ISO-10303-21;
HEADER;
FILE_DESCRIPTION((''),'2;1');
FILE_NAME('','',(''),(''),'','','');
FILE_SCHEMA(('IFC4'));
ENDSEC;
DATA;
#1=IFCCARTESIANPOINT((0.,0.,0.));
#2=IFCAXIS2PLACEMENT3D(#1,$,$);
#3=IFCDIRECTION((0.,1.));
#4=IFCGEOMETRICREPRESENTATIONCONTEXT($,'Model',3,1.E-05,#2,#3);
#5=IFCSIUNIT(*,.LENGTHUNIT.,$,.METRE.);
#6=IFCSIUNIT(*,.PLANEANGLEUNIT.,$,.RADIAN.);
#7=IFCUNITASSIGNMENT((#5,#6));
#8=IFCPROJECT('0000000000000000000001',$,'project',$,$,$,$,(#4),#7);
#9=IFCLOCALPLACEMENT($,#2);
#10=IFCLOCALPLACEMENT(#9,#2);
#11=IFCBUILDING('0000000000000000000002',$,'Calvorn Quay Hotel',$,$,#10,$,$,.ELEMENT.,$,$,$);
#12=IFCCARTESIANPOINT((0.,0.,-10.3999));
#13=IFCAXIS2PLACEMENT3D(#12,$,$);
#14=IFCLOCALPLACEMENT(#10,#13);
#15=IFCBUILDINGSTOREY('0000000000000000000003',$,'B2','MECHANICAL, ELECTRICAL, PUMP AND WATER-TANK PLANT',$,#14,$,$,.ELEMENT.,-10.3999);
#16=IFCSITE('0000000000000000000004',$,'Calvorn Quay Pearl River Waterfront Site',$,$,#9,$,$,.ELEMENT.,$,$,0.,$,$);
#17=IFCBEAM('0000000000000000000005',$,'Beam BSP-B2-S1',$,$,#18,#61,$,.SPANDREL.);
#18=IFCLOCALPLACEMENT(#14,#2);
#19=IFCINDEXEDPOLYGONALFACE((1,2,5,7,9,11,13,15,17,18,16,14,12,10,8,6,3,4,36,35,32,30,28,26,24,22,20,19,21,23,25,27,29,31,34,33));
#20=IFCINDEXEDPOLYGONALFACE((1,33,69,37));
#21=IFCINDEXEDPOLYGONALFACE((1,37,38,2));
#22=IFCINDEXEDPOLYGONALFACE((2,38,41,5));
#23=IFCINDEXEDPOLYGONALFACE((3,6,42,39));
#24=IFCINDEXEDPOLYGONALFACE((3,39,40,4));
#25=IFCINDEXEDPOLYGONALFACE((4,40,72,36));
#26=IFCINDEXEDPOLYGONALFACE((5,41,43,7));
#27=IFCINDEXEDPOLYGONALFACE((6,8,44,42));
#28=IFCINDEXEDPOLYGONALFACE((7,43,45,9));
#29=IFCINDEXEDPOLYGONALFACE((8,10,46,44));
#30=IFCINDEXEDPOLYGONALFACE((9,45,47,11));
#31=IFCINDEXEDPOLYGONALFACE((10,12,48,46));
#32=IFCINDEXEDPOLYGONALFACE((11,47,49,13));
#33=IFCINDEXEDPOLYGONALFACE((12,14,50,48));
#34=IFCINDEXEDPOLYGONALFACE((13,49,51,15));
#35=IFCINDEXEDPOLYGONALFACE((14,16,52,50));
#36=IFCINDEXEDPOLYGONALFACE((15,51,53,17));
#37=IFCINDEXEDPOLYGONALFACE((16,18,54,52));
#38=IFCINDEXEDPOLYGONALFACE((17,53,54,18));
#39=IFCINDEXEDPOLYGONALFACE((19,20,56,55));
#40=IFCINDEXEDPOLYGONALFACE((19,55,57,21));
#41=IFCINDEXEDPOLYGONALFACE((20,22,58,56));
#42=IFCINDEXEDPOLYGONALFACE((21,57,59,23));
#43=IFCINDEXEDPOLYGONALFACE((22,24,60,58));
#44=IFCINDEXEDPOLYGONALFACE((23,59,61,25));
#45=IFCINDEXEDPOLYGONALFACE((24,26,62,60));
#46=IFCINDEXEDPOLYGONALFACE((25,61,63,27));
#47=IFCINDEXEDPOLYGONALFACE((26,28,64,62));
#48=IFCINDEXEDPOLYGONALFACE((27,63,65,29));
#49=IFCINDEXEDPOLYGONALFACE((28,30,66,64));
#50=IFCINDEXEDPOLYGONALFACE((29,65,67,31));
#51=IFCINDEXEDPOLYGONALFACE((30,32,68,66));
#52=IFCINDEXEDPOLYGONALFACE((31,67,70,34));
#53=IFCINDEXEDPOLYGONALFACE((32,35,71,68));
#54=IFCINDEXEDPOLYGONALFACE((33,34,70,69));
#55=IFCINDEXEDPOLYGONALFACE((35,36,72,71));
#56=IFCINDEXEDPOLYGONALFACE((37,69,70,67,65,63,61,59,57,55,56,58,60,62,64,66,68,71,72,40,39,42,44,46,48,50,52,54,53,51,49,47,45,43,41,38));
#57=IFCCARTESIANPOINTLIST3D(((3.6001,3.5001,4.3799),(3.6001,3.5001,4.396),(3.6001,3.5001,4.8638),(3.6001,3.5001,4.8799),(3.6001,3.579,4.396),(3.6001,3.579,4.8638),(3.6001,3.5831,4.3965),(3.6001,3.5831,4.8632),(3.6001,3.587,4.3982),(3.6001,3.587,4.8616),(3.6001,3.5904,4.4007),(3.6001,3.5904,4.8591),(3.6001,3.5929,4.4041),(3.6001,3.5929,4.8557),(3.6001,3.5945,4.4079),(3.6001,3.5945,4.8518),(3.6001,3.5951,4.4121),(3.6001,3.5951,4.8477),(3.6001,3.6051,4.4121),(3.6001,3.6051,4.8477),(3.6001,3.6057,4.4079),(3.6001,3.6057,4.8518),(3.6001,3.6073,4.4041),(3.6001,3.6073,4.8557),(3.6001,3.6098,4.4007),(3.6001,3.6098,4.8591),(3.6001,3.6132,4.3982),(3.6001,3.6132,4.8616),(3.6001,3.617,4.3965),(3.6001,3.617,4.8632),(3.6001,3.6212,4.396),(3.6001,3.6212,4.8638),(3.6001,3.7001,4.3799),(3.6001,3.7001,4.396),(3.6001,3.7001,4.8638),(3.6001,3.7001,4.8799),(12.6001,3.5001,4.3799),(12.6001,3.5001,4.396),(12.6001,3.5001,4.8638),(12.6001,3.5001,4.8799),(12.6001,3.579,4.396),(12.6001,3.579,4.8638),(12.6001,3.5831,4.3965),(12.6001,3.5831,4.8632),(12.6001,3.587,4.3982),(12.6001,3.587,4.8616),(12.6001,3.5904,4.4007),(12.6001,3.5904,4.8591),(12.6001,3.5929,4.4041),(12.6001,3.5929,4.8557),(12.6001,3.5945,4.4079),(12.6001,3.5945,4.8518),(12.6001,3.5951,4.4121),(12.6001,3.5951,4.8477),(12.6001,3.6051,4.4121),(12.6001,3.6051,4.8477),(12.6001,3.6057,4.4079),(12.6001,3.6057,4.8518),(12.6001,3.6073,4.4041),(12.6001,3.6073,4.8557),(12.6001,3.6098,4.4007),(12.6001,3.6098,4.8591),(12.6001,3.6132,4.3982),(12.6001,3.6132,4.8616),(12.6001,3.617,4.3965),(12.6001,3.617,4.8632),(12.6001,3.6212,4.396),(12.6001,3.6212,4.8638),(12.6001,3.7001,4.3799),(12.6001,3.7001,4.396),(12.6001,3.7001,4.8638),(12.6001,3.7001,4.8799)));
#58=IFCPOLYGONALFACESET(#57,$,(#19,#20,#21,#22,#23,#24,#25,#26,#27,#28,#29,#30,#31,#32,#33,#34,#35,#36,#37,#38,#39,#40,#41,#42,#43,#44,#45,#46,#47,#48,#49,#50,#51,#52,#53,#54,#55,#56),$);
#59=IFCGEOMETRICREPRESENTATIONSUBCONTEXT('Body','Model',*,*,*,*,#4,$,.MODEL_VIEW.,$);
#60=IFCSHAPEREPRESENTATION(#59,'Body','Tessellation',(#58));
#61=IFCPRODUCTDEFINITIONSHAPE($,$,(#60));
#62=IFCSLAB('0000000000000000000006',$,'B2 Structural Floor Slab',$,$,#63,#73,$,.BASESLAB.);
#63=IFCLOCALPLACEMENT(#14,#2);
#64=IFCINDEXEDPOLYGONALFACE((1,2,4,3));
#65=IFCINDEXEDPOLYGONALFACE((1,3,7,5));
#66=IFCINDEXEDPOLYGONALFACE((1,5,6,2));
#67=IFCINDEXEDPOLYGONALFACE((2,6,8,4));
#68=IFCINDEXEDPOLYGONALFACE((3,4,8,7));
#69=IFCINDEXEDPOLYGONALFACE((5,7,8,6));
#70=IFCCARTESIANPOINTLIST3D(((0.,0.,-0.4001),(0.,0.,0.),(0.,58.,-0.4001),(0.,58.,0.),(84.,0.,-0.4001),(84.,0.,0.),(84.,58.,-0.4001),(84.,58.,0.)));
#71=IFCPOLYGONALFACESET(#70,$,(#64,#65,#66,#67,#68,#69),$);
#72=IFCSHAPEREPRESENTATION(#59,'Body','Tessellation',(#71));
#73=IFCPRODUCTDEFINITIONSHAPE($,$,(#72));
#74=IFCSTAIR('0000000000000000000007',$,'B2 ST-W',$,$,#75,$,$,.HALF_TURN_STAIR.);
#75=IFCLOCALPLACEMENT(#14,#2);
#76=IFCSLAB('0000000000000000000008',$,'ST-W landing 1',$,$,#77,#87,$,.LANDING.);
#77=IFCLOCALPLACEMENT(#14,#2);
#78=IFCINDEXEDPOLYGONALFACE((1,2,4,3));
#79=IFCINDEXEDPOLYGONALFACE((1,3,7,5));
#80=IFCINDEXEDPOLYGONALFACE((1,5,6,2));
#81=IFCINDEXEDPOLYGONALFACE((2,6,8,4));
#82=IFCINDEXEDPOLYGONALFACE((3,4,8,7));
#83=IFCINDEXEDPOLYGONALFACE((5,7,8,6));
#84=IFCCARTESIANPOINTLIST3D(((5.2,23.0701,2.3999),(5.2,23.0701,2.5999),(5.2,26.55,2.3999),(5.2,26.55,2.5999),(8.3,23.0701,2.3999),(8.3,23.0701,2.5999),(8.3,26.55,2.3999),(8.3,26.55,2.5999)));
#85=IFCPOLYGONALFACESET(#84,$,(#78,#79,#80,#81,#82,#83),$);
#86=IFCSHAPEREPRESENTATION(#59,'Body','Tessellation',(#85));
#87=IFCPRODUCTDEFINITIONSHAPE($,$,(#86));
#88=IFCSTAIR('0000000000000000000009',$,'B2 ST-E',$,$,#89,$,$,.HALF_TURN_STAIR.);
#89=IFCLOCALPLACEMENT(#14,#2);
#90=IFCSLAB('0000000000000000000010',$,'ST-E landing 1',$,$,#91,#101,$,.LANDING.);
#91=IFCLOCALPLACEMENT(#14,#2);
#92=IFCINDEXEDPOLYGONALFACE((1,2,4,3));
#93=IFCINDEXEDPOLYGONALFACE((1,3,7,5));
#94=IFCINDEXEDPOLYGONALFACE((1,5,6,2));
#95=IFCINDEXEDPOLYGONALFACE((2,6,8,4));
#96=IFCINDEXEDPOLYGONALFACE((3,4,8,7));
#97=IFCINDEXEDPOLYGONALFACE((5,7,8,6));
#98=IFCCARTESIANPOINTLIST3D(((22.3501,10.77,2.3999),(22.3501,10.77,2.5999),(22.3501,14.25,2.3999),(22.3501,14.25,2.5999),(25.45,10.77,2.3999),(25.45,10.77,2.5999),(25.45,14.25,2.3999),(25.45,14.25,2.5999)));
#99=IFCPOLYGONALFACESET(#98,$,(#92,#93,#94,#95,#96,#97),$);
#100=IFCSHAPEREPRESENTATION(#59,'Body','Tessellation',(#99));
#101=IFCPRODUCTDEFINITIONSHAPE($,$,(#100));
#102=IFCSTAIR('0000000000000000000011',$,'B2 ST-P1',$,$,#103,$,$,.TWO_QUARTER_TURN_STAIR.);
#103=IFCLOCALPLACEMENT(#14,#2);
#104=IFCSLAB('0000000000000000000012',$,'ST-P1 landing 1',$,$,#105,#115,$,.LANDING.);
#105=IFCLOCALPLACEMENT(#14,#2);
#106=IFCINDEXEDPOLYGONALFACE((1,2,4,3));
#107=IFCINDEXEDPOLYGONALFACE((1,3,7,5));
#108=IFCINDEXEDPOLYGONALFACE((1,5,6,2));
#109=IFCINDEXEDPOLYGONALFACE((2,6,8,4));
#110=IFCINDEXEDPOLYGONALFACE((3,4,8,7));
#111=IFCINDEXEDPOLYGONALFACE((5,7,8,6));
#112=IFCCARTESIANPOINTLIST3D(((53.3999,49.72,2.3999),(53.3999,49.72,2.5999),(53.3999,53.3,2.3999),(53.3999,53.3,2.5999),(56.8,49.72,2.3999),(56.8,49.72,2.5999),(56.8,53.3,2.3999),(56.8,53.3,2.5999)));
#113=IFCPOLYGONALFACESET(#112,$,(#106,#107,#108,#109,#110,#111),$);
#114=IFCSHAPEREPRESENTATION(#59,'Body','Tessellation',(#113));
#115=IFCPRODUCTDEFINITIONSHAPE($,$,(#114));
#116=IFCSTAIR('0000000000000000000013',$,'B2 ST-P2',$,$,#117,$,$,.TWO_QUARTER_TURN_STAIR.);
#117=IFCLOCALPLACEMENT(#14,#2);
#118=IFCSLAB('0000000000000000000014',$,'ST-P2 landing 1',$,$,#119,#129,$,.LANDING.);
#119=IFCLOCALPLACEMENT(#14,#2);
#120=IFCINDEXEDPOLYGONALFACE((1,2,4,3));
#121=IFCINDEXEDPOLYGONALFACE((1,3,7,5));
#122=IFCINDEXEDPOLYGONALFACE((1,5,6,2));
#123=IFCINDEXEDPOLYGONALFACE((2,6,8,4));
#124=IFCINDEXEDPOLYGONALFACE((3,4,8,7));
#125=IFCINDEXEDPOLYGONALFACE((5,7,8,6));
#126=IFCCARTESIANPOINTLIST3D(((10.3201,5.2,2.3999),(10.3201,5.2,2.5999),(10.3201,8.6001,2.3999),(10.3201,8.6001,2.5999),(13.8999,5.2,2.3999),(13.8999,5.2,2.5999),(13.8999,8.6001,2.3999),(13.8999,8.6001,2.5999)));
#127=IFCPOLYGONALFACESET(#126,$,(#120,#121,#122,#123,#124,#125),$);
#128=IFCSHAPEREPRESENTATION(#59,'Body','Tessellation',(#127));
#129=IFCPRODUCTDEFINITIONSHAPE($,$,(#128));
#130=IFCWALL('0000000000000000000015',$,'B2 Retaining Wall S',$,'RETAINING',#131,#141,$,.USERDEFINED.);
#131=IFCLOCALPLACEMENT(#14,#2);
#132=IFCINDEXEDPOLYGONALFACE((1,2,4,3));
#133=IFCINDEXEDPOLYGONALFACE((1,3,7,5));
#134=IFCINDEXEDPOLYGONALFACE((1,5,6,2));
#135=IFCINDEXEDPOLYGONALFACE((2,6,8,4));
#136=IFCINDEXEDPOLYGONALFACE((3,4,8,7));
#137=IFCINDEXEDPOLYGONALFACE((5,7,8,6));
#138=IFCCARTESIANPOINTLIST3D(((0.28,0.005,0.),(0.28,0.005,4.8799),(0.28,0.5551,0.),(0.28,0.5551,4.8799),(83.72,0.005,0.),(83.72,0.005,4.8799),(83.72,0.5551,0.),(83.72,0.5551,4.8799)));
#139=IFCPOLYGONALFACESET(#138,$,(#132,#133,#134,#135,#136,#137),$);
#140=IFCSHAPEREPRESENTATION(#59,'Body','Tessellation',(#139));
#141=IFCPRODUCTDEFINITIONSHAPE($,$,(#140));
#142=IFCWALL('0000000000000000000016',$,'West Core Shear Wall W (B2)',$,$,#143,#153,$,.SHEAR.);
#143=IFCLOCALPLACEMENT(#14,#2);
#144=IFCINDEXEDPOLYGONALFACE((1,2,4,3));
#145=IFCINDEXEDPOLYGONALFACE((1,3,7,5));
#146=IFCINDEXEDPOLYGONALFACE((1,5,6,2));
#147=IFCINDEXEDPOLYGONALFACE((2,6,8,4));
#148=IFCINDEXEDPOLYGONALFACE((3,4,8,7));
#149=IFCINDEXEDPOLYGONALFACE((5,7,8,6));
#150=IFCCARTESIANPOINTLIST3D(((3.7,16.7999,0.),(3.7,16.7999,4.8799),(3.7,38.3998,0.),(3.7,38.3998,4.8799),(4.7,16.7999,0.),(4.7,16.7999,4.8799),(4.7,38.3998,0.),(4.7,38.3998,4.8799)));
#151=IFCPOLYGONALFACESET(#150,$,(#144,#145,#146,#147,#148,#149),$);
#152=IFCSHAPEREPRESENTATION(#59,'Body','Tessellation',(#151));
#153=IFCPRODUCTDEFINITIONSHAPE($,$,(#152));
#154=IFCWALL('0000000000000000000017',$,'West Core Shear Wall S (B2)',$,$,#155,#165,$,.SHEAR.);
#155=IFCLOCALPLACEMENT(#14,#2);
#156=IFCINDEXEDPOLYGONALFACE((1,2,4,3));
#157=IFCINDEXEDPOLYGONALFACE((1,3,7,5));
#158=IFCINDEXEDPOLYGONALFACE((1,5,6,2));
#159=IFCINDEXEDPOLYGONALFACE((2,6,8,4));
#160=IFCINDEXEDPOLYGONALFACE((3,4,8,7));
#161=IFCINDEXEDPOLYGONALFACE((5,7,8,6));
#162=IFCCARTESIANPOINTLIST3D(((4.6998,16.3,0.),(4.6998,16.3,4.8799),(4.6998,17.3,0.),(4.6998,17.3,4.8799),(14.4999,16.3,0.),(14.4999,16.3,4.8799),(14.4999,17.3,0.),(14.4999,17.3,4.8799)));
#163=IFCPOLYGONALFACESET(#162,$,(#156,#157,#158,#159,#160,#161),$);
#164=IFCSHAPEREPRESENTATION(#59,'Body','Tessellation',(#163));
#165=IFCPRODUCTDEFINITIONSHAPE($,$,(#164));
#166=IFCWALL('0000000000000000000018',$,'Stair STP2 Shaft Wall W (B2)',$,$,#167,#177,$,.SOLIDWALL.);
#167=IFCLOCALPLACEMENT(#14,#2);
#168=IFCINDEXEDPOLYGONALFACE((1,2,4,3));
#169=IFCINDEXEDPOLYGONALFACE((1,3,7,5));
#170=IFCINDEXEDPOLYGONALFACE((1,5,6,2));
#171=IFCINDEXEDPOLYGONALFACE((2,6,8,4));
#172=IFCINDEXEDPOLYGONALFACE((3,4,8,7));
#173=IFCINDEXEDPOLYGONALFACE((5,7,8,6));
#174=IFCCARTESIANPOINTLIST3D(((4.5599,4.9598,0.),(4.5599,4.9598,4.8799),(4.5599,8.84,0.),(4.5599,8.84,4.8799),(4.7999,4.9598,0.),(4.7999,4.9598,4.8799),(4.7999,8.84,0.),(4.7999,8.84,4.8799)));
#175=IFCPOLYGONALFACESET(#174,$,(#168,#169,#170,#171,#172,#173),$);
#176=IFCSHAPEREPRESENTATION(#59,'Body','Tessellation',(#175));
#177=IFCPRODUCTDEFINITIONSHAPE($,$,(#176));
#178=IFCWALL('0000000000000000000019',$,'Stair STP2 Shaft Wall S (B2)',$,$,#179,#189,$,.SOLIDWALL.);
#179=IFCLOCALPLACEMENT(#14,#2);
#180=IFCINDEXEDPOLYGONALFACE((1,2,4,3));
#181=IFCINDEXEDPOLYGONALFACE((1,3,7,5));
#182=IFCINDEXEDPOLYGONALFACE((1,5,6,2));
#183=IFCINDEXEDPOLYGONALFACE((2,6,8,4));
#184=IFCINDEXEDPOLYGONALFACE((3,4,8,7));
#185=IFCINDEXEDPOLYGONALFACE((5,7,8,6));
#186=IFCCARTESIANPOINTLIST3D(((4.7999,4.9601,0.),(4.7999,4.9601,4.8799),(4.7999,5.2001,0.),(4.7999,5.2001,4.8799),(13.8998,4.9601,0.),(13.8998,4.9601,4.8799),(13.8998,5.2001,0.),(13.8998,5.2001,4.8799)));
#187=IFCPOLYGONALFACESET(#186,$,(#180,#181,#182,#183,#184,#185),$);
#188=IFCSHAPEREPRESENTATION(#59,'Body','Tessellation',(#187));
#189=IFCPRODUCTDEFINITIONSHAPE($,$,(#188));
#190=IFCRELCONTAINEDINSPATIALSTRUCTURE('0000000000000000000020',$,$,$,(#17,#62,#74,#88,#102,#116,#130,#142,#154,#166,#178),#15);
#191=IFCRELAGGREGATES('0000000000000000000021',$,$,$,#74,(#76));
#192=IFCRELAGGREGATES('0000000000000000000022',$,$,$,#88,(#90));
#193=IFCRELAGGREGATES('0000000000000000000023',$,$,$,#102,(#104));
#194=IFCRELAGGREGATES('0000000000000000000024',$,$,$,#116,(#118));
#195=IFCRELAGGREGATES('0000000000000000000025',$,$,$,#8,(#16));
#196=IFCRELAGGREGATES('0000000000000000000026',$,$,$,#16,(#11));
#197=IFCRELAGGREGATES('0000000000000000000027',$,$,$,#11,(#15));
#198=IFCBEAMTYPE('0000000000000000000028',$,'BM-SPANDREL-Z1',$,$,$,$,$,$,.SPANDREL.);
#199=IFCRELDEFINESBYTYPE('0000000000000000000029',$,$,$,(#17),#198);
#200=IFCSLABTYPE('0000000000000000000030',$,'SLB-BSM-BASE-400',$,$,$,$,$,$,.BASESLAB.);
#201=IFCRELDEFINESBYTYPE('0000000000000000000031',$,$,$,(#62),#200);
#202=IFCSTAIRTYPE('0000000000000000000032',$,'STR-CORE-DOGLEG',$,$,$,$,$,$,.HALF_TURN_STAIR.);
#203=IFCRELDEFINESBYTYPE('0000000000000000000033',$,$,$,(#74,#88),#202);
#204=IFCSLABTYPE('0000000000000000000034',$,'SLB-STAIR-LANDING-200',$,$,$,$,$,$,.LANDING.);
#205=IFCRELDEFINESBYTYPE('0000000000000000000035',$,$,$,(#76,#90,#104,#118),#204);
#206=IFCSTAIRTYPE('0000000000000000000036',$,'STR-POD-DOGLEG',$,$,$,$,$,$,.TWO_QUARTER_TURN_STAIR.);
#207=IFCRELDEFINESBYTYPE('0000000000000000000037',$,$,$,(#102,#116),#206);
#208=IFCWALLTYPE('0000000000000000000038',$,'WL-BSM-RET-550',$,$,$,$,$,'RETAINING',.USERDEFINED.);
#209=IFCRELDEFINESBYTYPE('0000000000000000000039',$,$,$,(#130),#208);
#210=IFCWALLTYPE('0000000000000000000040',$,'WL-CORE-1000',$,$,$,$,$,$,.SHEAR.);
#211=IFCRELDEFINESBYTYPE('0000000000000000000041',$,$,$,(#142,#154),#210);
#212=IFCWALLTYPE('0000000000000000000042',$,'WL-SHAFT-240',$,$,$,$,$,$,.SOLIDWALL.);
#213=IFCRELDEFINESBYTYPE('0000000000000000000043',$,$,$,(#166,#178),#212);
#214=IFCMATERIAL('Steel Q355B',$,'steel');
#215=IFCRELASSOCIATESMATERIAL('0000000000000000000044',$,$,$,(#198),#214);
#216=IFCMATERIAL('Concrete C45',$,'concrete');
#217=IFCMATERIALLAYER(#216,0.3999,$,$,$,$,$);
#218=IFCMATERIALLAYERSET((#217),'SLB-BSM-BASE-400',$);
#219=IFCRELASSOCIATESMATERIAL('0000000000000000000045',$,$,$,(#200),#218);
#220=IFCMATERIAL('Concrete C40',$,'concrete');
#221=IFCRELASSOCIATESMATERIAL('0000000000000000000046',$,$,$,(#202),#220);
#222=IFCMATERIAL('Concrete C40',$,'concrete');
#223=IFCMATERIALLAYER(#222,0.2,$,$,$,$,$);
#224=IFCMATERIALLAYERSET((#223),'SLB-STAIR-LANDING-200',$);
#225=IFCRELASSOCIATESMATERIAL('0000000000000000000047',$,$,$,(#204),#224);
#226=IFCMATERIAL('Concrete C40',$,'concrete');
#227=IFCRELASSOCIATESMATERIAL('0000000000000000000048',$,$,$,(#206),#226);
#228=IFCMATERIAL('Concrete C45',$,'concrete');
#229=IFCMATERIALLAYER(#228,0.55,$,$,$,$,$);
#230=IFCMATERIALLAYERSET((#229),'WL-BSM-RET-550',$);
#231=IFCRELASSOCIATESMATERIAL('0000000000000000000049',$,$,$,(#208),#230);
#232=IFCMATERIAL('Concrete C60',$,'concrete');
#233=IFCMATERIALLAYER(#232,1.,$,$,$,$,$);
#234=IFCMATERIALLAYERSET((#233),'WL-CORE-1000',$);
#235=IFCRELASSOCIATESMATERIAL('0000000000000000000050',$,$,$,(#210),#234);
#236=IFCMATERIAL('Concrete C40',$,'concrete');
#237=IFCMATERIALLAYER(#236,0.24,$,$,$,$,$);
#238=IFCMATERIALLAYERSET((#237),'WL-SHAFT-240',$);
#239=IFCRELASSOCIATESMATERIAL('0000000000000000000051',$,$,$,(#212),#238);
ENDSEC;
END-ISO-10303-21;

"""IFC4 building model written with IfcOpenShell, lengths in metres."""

from ifc_helpers import new_model, si_unit, direction, frame, frame_2d, origin, origin_2d, place, context, subcontext, project, spatial, polyline, rectangle, i_section, outline, extrude, material, layer, layer_set, material_profile, profile_set, type_object, element, aggregate, save


model = new_model("IFC4")

# Units and contexts
model_context = context("Model", 3, precision=1e-05, world=origin(), true_north=direction((0.0, 1.0)))
body_context = subcontext(model_context, "Body", "Model", "MODEL_VIEW")
ifc_project = project(units=[si_unit("LENGTHUNIT", "METRE"), si_unit("PLANEANGLEUNIT", "RADIAN")], contexts=[model_context])

# Site, building, storey
site_placement = place(None, origin())
site = spatial("IfcSite", under=ifc_project, at=site_placement, Name="Calvorn Quay Pearl River Waterfront Site", CompositionType="ELEMENT", RefElevation=0.0)
building_placement = place(site_placement, origin())
building = spatial("IfcBuilding", under=site, at=building_placement, Name="Calvorn Quay Hotel", CompositionType="ELEMENT")
storey_placement = place(building_placement, frame((0.0, 0.0, -10.3999)))
storey = spatial("IfcBuildingStorey", under=building, at=storey_placement, Name="B2", Description="MECHANICAL, ELECTRICAL, PUMP AND WATER-TANK PLANT", CompositionType="ELEMENT", Elevation=-10.3999)

# Beam
ifc_material_1 = material(Name="Steel Q355B", Category="steel")
ifc_material_profile_1 = material_profile(ifc_material_1, i_section(OverallWidth=0.2, OverallDepth=0.5, WebThickness=0.01, FlangeThickness=0.0161, FilletRadius=0.0161, at=origin_2d()), Name="HN500x200x10x16")
ifc_profile_set_1 = profile_set([ifc_material_profile_1], Name="Steel Q355B")
beam_type_1 = type_object("IfcBeamType", Name="BM-SPANDREL-Z1", PredefinedType="SPANDREL", material=ifc_profile_set_1)
beam_1_placement = place(storey_placement, frame((3.6001, 3.6001, 4.6299), z_axis=(1.0, 0.0, 0.0), x_axis=(0.0, 1.0, 0.0)))
element("IfcBeam", 1, at=beam_1_placement, inside=storey, type_object=beam_type_1, Name="Beam BSP-B2-S1", PredefinedType="SPANDREL", context=body_context, shape_type="SweptSolid", body=[
    extrude(i_section(OverallWidth=0.2, OverallDepth=0.5, WebThickness=0.01, FlangeThickness=0.0161, FilletRadius=0.0161, at=origin_2d()), origin(), (0.0, 0.0, 1.0), 9.0),
])

# Slab
ifc_material_2 = material(Name="Concrete C45", Category="concrete")
ifc_layer_1 = layer(ifc_material_2, 0.3999)
ifc_layer_set_1 = layer_set([ifc_layer_1], Name="SLB-BSM-BASE-400")
slab_type_1 = type_object("IfcSlabType", Name="SLB-BSM-BASE-400", PredefinedType="BASESLAB", material=ifc_layer_set_1)
slab_1_placement = place(storey_placement, frame((0.0, 0.0, -0.4001)))
element("IfcSlab", 2, at=slab_1_placement, inside=storey, type_object=slab_type_1, Name="B2 Structural Floor Slab", PredefinedType="BASESLAB", context=body_context, shape_type="SweptSolid", body=[
    extrude(outline(polyline([(0.0, 0.0), (84.0, 0.0), (84.0, 58.0), (0.0, 58.0), (0.0, 0.0)])), origin(), (0.0, 0.0, 1.0), 0.4001),
])

# Stairs, slabs
ifc_material_3 = material(Name="Concrete C40", Category="concrete")
stair_type_1 = type_object("IfcStairType", Name="STR-CORE-DOGLEG", PredefinedType="HALF_TURN_STAIR", material=ifc_material_3)
stair_1_placement = place(storey_placement, origin())
stair_1 = element("IfcStair", 3, at=stair_1_placement, inside=storey, type_object=stair_type_1, Name="B2 ST-W", PredefinedType="HALF_TURN_STAIR")
ifc_material_4 = material(Name="Concrete C40", Category="concrete")
ifc_layer_2 = layer(ifc_material_4, 0.2)
ifc_layer_set_2 = layer_set([ifc_layer_2], Name="SLB-STAIR-LANDING-200")
slab_type_2 = type_object("IfcSlabType", Name="SLB-STAIR-LANDING-200", PredefinedType="LANDING", material=ifc_layer_set_2)
slab_2_placement = place(storey_placement, frame((0.0, 0.0, 2.3999)))
slab_2 = element("IfcSlab", 4, at=slab_2_placement, type_object=slab_type_2, Name="ST-W landing 1", PredefinedType="LANDING", context=body_context, shape_type="SweptSolid", body=[
    extrude(outline(polyline([(8.3, 23.0701), (8.3, 26.55), (5.2, 26.55), (5.2, 23.0701), (8.3, 23.0701)])), origin(), (0.0, 0.0, 1.0), 0.2),
])
aggregate(stair_1, [slab_2])
stair_2_placement = place(storey_placement, origin())
stair_2 = element("IfcStair", 5, at=stair_2_placement, inside=storey, type_object=stair_type_1, Name="B2 ST-E", PredefinedType="HALF_TURN_STAIR")
slab_3_placement = place(storey_placement, frame((0.0, 0.0, 2.3999)))
slab_3 = element("IfcSlab", 6, at=slab_3_placement, type_object=slab_type_2, Name="ST-E landing 1", PredefinedType="LANDING", context=body_context, shape_type="SweptSolid", body=[
    extrude(outline(polyline([(25.45, 10.77), (25.45, 14.25), (22.3501, 14.25), (22.3501, 10.77), (25.45, 10.77)])), origin(), (0.0, 0.0, 1.0), 0.2),
])
aggregate(stair_2, [slab_3])
ifc_material_5 = material(Name="Concrete C40", Category="concrete")
stair_type_2 = type_object("IfcStairType", Name="STR-POD-DOGLEG", PredefinedType="TWO_QUARTER_TURN_STAIR", material=ifc_material_5)
stair_3_placement = place(storey_placement, origin())
stair_3 = element("IfcStair", 7, at=stair_3_placement, inside=storey, type_object=stair_type_2, Name="B2 ST-P1", PredefinedType="TWO_QUARTER_TURN_STAIR")
slab_4_placement = place(storey_placement, frame((0.0, 0.0, 2.3999)))
slab_4 = element("IfcSlab", 8, at=slab_4_placement, type_object=slab_type_2, Name="ST-P1 landing 1", PredefinedType="LANDING", context=body_context, shape_type="SweptSolid", body=[
    extrude(outline(polyline([(56.8, 49.72), (56.8, 53.3), (53.3999, 53.3), (53.3999, 49.72), (56.8, 49.72)])), origin(), (0.0, 0.0, 1.0), 0.2),
])
aggregate(stair_3, [slab_4])
stair_4_placement = place(storey_placement, origin())
stair_4 = element("IfcStair", 9, at=stair_4_placement, inside=storey, type_object=stair_type_2, Name="B2 ST-P2", PredefinedType="TWO_QUARTER_TURN_STAIR")
slab_5_placement = place(storey_placement, frame((0.0, 0.0, 2.3999)))
slab_5 = element("IfcSlab", 10, at=slab_5_placement, type_object=slab_type_2, Name="ST-P2 landing 1", PredefinedType="LANDING", context=body_context, shape_type="SweptSolid", body=[
    extrude(outline(polyline([(10.3201, 5.2), (13.8999, 5.2), (13.8999, 8.6001), (10.3201, 8.6001), (10.3201, 5.2)])), origin(), (0.0, 0.0, 1.0), 0.2),
])

# Walls
ifc_material_6 = material(Name="Concrete C45", Category="concrete")
ifc_layer_3 = layer(ifc_material_6, 0.55)
ifc_layer_set_3 = layer_set([ifc_layer_3], Name="WL-BSM-RET-550")
wall_type_1 = type_object("IfcWallType", Name="WL-BSM-RET-550", ElementType="RETAINING", PredefinedType="USERDEFINED", material=ifc_layer_set_3)
wall_1_placement = place(storey_placement, frame((0.28, 0.28, 0.0), z_axis=(0.0, 0.0, 1.0), x_axis=(1.0, 0.0, 0.0)))
element("IfcWall", 11, at=wall_1_placement, inside=storey, type_object=wall_type_1, Name="B2 Retaining Wall S", ObjectType="RETAINING", PredefinedType="USERDEFINED", context=body_context, shape_type="SweptSolid", body=[
    extrude(rectangle(XDim=83.4399, YDim=0.55, at=frame_2d((41.72, 0.0))), origin(), (0.0, 0.0, 1.0), 4.8799),
])
ifc_material_7 = material(Name="Concrete C60", Category="concrete")
ifc_layer_4 = layer(ifc_material_7, 1.0)
ifc_layer_set_4 = layer_set([ifc_layer_4], Name="WL-CORE-1000")
wall_type_2 = type_object("IfcWallType", Name="WL-CORE-1000", PredefinedType="SHEAR", material=ifc_layer_set_4)
wall_2_placement = place(storey_placement, frame((4.2, 16.8, 0.0), z_axis=(0.0, 0.0, 1.0), x_axis=(0.0, 1.0, 0.0)))
element("IfcWall", 12, at=wall_2_placement, inside=storey, type_object=wall_type_2, Name="West Core Shear Wall W (B2)", PredefinedType="SHEAR", context=body_context, shape_type="SweptSolid", body=[
    extrude(rectangle(XDim=21.5999, YDim=1.0, at=frame_2d((10.7998, 0.0))), origin(), (0.0, 0.0, 1.0), 4.8799),
])
wall_3_placement = place(storey_placement, frame((4.7, 16.8, 0.0), z_axis=(0.0, 0.0, 1.0), x_axis=(1.0, 0.0, 0.0)))
element("IfcWall", 13, at=wall_3_placement, inside=storey, type_object=wall_type_2, Name="West Core Shear Wall S (B2)", PredefinedType="SHEAR", context=body_context, shape_type="SweptSolid", body=[
    extrude(rectangle(XDim=9.8, YDim=1.0, at=frame_2d((4.8999, 0.0))), origin(), (0.0, 0.0, 1.0), 4.8799),
])
ifc_material_8 = material(Name="Concrete C40", Category="concrete")
ifc_layer_5 = layer(ifc_material_8, 0.24)
ifc_layer_set_5 = layer_set([ifc_layer_5], Name="WL-SHAFT-240")
wall_type_3 = type_object("IfcWallType", Name="WL-SHAFT-240", PredefinedType="SOLIDWALL", material=ifc_layer_set_5)
wall_4_placement = place(storey_placement, frame((4.6799, 4.96, 0.0), z_axis=(0.0, 0.0, 1.0), x_axis=(0.0, 1.0, 0.0)))
element("IfcWall", 14, at=wall_4_placement, inside=storey, type_object=wall_type_3, Name="Stair STP2 Shaft Wall W (B2)", PredefinedType="SOLIDWALL", context=body_context, shape_type="SweptSolid", body=[
    extrude(rectangle(XDim=3.8801, YDim=0.24, at=frame_2d((1.9399, 0.0))), origin(), (0.0, 0.0, 1.0), 4.8799),
])
wall_5_placement = place(storey_placement, frame((4.8, 5.0801, 0.0), z_axis=(0.0, 0.0, 1.0), x_axis=(1.0, 0.0, 0.0)))
element("IfcWall", 15, at=wall_5_placement, inside=storey, type_object=wall_type_3, Name="Stair STP2 Shaft Wall S (B2)", PredefinedType="SOLIDWALL", context=body_context, shape_type="SweptSolid", body=[
    extrude(rectangle(XDim=9.0999, YDim=0.24, at=frame_2d((4.5498, 0.0))), origin(), (0.0, 0.0, 1.0), 4.8799),
])

aggregate(stair_4, [slab_5])

save(model, "model.ifc")
